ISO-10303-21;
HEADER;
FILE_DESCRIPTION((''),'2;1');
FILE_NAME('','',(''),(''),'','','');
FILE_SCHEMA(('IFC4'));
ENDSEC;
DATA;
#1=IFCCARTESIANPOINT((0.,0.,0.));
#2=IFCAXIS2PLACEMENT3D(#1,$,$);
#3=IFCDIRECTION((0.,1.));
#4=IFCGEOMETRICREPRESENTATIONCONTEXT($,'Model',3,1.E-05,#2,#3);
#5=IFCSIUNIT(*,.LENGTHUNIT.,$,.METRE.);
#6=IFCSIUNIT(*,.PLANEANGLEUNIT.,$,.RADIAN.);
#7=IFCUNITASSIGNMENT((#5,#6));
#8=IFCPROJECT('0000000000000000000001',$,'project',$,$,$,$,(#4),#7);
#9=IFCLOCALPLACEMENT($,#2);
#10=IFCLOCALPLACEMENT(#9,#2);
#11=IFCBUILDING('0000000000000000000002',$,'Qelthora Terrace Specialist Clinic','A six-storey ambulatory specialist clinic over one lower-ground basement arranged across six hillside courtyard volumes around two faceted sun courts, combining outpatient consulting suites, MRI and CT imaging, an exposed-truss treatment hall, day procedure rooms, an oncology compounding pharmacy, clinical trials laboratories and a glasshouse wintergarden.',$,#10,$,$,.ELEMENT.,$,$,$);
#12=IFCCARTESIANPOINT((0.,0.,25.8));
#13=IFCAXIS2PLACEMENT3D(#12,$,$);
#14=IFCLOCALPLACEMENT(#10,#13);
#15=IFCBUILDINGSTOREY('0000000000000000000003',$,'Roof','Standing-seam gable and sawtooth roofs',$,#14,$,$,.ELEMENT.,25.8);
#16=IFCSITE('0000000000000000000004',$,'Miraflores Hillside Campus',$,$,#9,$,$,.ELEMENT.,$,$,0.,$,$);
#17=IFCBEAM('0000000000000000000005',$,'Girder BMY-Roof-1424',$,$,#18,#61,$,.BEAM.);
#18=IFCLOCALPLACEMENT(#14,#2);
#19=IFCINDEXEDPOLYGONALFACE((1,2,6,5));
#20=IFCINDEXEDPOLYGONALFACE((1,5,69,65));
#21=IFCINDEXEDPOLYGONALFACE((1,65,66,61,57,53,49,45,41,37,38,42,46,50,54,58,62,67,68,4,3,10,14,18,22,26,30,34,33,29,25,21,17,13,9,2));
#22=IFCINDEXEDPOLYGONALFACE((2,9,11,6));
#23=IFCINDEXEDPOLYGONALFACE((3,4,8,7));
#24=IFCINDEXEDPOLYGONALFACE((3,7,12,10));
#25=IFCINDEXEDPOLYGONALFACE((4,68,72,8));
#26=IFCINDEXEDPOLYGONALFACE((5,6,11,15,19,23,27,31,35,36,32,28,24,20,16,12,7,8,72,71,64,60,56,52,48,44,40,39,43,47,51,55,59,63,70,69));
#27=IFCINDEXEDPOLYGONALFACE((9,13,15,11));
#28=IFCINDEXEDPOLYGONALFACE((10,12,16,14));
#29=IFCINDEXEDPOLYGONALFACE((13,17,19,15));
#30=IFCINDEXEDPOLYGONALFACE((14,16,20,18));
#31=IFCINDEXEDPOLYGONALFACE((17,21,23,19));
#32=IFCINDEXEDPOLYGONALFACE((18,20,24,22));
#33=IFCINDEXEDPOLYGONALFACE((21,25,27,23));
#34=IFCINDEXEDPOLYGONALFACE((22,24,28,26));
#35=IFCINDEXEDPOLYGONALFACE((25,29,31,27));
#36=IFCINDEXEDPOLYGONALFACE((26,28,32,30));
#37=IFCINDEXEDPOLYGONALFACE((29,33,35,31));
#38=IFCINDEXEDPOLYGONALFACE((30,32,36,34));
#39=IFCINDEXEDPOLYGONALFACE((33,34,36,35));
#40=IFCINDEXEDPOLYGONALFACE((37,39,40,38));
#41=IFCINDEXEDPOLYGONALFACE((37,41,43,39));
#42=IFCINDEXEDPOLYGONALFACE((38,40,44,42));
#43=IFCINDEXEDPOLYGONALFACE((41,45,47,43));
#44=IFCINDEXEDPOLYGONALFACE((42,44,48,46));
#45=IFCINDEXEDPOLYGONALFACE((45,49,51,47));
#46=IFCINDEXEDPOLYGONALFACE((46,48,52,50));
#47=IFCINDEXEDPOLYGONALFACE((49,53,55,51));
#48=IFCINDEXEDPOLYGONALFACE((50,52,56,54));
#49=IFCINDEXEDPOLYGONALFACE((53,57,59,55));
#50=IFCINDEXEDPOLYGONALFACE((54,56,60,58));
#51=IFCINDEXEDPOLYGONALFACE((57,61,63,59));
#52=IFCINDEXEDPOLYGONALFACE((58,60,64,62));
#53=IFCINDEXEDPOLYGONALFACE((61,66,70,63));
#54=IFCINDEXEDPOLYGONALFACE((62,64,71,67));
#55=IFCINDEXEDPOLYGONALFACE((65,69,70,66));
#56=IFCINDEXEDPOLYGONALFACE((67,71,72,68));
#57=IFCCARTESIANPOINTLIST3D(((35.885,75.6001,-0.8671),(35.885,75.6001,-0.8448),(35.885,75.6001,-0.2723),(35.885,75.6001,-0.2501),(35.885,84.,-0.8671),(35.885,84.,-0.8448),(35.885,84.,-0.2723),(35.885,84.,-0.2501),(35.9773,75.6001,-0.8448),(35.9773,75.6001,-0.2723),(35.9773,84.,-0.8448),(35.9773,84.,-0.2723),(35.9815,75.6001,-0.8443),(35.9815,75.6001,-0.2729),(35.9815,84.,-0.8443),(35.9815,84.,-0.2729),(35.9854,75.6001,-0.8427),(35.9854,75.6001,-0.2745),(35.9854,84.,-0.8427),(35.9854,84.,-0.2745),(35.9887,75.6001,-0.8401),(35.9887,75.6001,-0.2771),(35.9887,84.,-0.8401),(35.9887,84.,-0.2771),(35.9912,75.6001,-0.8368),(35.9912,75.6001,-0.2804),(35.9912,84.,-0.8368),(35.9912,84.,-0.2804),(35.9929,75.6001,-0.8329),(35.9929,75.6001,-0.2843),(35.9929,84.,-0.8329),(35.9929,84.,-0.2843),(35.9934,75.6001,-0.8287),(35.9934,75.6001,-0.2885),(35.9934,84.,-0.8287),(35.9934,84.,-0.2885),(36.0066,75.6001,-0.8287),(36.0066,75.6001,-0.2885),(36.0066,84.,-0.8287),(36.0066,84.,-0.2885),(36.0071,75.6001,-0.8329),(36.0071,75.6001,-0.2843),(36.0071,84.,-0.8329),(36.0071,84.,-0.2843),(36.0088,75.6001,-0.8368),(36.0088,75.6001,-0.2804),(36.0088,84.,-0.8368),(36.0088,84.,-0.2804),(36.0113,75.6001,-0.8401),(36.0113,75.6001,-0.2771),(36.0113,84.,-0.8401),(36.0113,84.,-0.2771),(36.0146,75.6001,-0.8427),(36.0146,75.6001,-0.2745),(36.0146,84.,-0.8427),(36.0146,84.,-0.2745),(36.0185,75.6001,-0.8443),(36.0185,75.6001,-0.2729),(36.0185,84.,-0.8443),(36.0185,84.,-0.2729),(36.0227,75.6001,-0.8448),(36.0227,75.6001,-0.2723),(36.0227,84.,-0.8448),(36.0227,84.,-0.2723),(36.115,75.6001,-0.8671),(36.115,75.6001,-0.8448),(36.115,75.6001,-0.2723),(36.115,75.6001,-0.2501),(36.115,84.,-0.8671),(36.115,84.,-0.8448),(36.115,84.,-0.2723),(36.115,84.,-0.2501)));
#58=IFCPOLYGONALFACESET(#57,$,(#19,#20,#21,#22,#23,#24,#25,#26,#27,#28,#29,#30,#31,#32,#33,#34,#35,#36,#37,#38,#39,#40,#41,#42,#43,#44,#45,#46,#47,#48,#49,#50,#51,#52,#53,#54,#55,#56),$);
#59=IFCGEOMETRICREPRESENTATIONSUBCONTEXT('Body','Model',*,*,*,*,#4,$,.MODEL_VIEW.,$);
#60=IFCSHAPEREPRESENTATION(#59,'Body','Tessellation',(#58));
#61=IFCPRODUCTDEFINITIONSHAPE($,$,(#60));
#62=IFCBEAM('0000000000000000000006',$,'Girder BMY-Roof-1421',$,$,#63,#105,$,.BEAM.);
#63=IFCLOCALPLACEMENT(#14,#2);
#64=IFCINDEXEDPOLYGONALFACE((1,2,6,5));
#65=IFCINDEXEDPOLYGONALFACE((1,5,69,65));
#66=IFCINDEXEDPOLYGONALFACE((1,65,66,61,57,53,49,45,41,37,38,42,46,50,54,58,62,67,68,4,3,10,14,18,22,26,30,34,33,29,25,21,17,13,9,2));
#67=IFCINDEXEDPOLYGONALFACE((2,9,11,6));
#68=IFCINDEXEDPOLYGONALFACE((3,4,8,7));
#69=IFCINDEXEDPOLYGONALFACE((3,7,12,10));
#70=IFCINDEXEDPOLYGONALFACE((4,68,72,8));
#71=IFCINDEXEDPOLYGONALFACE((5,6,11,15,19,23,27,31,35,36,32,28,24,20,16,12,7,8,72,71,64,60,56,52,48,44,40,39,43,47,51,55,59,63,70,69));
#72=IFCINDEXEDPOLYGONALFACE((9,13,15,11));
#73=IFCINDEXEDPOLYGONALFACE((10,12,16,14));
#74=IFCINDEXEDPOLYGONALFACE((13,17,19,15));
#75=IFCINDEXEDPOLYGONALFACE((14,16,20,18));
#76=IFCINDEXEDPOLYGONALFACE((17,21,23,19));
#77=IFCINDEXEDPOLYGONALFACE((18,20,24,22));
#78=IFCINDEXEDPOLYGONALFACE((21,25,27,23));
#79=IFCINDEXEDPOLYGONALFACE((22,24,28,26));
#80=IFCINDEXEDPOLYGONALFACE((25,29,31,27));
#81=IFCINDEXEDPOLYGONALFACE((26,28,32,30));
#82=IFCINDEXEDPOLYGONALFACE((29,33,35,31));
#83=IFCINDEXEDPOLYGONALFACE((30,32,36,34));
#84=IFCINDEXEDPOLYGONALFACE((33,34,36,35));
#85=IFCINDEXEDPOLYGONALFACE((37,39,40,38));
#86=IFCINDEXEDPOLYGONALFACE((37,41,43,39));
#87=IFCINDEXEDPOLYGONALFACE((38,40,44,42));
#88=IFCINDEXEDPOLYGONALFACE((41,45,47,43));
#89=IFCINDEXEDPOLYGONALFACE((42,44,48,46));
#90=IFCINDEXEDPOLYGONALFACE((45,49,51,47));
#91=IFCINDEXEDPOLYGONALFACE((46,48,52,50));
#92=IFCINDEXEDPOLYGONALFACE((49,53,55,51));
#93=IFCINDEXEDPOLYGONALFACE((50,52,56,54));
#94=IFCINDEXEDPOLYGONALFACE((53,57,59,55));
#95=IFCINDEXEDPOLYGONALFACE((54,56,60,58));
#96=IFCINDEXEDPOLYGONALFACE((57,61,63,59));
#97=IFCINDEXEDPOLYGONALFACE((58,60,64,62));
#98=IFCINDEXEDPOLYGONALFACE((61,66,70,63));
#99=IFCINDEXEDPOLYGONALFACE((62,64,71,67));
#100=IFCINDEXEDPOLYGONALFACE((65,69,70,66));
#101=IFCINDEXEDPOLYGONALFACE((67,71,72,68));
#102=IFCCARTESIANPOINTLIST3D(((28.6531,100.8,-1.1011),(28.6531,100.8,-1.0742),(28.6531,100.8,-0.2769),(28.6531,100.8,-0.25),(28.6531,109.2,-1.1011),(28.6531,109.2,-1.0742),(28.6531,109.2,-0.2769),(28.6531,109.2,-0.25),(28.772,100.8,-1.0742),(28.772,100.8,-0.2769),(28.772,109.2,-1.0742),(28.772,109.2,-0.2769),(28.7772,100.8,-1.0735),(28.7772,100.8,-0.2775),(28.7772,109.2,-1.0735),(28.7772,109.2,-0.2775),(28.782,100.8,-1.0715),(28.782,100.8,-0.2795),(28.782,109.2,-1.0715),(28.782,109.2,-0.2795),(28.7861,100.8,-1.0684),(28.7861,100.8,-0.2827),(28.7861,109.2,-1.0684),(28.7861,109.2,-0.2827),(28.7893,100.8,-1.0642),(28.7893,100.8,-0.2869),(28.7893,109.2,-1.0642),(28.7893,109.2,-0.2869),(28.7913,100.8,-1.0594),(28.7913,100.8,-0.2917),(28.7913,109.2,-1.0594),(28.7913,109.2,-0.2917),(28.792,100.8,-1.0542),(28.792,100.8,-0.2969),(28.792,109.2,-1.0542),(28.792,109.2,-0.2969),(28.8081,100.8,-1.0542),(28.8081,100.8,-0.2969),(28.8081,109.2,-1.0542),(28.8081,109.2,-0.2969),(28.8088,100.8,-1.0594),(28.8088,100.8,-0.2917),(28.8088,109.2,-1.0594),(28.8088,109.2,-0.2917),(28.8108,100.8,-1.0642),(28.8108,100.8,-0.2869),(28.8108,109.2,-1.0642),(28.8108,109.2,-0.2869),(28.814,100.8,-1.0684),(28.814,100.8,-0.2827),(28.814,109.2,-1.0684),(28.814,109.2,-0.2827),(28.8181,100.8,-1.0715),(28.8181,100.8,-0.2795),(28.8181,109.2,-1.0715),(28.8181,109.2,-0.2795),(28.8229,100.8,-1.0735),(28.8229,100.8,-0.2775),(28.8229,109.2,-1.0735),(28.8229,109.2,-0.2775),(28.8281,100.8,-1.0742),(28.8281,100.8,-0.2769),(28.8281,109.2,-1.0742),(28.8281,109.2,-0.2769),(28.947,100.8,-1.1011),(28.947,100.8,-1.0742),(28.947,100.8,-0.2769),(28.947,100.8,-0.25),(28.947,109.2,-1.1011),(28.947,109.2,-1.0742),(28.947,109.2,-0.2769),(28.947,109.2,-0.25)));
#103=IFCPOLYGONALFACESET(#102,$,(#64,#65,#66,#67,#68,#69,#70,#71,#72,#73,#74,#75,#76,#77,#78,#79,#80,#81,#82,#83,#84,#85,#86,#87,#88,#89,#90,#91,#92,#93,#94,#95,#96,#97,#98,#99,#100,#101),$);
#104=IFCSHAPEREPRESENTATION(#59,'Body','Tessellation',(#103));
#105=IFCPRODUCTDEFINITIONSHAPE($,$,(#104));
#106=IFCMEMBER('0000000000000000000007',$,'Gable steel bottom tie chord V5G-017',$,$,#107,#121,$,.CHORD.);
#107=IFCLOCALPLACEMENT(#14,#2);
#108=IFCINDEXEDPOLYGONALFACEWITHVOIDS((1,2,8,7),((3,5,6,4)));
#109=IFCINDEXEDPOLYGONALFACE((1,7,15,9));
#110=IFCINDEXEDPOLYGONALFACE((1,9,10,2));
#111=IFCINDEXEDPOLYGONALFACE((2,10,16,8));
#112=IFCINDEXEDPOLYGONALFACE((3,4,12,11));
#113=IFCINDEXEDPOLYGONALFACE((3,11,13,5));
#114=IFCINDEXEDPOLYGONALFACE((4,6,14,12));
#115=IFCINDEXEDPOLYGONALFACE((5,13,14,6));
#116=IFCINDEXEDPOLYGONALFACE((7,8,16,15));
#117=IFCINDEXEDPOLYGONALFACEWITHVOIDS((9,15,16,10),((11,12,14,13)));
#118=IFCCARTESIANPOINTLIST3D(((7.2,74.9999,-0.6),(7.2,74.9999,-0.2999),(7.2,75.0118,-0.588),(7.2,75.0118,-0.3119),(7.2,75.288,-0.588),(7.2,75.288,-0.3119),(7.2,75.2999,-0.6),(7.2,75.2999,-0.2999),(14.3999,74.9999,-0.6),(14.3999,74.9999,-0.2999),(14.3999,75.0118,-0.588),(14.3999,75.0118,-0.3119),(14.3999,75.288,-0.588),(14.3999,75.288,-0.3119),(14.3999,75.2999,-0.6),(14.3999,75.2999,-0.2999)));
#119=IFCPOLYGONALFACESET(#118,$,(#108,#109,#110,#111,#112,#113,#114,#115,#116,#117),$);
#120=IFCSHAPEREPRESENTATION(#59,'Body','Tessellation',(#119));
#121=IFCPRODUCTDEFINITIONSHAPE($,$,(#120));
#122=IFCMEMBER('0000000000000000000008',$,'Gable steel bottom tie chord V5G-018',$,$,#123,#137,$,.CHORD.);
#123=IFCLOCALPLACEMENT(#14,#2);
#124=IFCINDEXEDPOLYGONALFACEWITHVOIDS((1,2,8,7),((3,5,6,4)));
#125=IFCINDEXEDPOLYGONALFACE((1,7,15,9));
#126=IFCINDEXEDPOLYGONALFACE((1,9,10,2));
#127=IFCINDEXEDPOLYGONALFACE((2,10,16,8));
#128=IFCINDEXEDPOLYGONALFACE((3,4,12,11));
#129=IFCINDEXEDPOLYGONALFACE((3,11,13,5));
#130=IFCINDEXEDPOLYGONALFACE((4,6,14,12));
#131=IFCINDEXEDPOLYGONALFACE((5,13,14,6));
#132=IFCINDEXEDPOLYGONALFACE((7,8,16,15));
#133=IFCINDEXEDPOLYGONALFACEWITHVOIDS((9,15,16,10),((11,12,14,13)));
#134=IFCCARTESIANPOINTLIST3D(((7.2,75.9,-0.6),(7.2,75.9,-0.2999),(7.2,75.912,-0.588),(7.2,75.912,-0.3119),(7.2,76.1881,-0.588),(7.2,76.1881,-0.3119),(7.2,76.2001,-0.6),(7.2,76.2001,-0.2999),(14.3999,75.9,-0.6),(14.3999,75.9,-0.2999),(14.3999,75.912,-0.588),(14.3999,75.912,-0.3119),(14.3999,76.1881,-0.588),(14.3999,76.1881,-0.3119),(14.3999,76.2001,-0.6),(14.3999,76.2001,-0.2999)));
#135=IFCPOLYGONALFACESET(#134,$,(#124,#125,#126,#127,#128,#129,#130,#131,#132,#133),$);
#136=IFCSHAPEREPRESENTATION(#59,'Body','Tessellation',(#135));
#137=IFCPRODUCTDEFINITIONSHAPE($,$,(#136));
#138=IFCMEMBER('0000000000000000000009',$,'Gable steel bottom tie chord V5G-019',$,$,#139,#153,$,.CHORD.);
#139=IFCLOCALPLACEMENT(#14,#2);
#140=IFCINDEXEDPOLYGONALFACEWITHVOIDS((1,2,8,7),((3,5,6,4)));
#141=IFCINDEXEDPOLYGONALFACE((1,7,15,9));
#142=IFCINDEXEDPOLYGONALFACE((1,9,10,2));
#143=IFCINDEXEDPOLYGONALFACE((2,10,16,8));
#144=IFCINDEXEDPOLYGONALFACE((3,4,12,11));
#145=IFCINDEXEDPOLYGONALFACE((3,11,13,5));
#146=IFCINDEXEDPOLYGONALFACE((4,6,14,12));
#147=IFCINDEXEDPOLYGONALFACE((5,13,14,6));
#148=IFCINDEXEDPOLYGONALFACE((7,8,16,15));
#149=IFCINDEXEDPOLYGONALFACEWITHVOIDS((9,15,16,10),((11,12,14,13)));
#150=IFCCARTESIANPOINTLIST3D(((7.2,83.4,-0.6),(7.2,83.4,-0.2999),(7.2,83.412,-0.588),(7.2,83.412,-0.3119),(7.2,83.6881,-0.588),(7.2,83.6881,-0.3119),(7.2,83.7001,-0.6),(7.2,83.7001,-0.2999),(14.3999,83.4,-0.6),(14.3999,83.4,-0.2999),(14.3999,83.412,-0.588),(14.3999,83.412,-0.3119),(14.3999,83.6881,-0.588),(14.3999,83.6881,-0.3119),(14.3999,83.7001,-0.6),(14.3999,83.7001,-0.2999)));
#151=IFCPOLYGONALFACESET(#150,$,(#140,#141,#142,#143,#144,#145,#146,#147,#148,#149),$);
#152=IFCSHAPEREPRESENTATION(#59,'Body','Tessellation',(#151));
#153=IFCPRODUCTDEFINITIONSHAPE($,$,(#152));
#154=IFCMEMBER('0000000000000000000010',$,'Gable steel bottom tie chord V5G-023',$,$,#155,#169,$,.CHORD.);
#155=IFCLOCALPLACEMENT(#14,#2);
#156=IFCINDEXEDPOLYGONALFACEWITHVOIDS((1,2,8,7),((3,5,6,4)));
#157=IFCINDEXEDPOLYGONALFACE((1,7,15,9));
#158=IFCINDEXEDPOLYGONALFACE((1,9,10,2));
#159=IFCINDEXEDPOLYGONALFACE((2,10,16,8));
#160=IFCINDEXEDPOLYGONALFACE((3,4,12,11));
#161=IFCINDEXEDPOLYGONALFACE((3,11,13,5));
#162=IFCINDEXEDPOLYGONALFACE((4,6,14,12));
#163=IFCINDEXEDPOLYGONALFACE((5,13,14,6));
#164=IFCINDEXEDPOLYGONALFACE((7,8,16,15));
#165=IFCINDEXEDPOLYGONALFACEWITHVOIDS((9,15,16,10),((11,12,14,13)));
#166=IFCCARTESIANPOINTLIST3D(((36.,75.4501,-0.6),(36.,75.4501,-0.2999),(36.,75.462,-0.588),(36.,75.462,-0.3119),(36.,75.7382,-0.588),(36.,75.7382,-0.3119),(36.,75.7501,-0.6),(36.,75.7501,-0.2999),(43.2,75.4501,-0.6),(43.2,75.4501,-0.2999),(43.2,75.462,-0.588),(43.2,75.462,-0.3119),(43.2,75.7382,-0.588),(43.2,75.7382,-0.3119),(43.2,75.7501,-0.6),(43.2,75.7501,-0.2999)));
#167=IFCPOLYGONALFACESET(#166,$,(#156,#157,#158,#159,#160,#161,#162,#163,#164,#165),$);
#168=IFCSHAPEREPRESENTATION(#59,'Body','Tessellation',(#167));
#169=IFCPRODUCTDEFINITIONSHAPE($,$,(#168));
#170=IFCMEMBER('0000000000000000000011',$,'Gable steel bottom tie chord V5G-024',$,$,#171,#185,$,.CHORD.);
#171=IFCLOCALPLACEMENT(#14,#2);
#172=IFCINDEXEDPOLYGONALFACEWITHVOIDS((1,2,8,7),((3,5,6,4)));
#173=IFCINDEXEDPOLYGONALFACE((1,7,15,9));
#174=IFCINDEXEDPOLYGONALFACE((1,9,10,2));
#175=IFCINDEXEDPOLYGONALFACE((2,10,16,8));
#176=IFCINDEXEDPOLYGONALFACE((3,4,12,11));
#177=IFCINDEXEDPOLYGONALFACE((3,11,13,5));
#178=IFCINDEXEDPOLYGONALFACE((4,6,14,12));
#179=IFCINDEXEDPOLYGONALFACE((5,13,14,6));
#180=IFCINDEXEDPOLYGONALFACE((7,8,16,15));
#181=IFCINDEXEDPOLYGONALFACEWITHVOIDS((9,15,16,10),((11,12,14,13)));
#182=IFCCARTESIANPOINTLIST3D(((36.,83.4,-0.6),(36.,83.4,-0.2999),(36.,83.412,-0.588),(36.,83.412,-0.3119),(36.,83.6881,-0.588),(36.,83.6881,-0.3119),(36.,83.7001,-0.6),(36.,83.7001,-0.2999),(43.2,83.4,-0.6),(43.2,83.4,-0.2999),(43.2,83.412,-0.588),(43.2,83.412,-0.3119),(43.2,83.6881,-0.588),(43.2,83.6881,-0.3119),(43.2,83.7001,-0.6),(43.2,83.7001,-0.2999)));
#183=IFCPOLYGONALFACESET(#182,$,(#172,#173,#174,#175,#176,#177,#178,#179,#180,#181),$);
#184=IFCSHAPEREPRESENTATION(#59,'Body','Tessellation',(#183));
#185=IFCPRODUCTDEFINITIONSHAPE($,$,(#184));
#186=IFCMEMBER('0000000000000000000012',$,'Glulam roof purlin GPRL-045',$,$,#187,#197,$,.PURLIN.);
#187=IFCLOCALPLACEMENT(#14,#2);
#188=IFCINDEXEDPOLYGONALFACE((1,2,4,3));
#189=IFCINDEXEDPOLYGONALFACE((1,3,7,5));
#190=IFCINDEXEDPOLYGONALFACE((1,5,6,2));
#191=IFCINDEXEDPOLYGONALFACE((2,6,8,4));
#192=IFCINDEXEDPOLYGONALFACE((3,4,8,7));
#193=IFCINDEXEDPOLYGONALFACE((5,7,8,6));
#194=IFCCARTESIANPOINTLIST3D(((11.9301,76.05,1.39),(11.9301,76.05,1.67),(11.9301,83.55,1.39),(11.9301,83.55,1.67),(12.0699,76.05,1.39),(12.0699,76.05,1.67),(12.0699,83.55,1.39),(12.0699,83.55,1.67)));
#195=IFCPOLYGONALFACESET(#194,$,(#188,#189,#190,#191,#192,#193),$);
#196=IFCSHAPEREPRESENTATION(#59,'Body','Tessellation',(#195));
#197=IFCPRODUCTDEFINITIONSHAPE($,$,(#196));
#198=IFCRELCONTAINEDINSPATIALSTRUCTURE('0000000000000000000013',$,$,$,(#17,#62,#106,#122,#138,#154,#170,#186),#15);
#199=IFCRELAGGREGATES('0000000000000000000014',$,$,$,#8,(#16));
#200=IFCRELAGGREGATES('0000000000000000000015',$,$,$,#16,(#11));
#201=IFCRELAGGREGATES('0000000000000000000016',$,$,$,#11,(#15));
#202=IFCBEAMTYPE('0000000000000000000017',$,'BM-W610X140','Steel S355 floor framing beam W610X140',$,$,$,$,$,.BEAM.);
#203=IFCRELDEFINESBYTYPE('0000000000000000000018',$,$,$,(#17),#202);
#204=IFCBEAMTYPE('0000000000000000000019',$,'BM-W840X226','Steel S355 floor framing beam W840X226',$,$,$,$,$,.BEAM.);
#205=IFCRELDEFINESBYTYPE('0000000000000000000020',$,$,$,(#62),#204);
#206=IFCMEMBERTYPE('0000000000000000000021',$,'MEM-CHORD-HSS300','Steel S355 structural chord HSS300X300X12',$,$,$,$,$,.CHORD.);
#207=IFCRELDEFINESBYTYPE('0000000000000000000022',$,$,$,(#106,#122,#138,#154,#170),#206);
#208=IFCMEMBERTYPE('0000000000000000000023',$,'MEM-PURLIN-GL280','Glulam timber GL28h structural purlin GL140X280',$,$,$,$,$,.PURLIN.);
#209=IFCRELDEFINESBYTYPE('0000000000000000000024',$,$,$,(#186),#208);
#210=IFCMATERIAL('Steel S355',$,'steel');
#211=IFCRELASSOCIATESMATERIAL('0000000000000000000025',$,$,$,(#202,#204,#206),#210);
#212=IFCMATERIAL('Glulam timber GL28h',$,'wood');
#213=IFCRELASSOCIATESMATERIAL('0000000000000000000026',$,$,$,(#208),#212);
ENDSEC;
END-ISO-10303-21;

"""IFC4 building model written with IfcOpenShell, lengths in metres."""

from ifc_helpers import new_model, si_unit, direction, frame, origin, origin_2d, place, context, subcontext, project, spatial, rectangle, hollow_rectangle, i_section, extrude, material, material_profile, profile_set, type_object, element, save


model = new_model("IFC4")

# Units and contexts
model_context = context("Model", 3, precision=1e-05, world=origin(), true_north=direction((0.0, 1.0)))
body_context = subcontext(model_context, "Body", "Model", "MODEL_VIEW")
ifc_project = project(units=[si_unit("LENGTHUNIT", "METRE"), si_unit("PLANEANGLEUNIT", "RADIAN")], contexts=[model_context])

# Site, building, storey
site_placement = place(None, origin())
site = spatial("IfcSite", under=ifc_project, at=site_placement, Name="Miraflores Hillside Campus", CompositionType="ELEMENT", RefElevation=0.0)
building_placement = place(site_placement, origin())
building = spatial("IfcBuilding", under=site, at=building_placement, Name="Qelthora Terrace Specialist Clinic", Description="A six-storey ambulatory specialist clinic over one lower-ground basement arranged across six hillside courtyard volumes around two faceted sun courts, combining outpatient consulting suites, MRI and CT imaging, an exposed-truss treatment hall, day procedure rooms, an oncology compounding pharmacy, clinical trials laboratories and a glasshouse wintergarden.", CompositionType="ELEMENT")
storey_placement = place(building_placement, frame((0.0, 0.0, 25.8)))
storey = spatial("IfcBuildingStorey", under=building, at=storey_placement, Name="Roof", Description="Standing-seam gable and sawtooth roofs", CompositionType="ELEMENT", Elevation=25.8)

# Beams
ifc_material_1 = material(Name="Steel S355", Category="steel")
ifc_material_profile_1 = material_profile(ifc_material_1, i_section(OverallWidth=0.23, OverallDepth=0.6169, WebThickness=0.0132, FlangeThickness=0.0222, FilletRadius=0.0161, at=origin_2d()), Name="W610X140")
ifc_profile_set_1 = profile_set([ifc_material_profile_1], Name="Steel S355")
beam_type_1 = type_object("IfcBeamType", Name="BM-W610X140", Description="Steel S355 floor framing beam W610X140", PredefinedType="BEAM", material=ifc_profile_set_1)
beam_1_placement = place(storey_placement, frame((36.0, 75.6001, -0.5586), z_axis=(0.0, 1.0, 0.0), x_axis=(-1.0, 0.0, 0.0)))
element("IfcBeam", 1, at=beam_1_placement, inside=storey, type_object=beam_type_1, Name="Girder BMY-Roof-1424", PredefinedType="BEAM", context=body_context, shape_type="SweptSolid", body=[
    extrude(i_section(OverallWidth=0.23, OverallDepth=0.6169, WebThickness=0.0132, FlangeThickness=0.0222, FilletRadius=0.0161, at=origin_2d()), origin(), (0.0, 0.0, 1.0), 8.3999),
])
ifc_material_profile_2 = material_profile(ifc_material_1, i_section(OverallWidth=0.2939, OverallDepth=0.8511, WebThickness=0.0161, FlangeThickness=0.0269, FilletRadius=0.02, at=origin_2d()), Name="W840X226")
ifc_profile_set_2 = profile_set([ifc_material_profile_2], Name="Steel S355")
beam_type_2 = type_object("IfcBeamType", Name="BM-W840X226", Description="Steel S355 floor framing beam W840X226", PredefinedType="BEAM", material=ifc_profile_set_2)
beam_2_placement = place(storey_placement, frame((28.8, 100.8, -0.6755), z_axis=(0.0, 1.0, 0.0), x_axis=(-1.0, 0.0, 0.0)))
element("IfcBeam", 2, at=beam_2_placement, inside=storey, type_object=beam_type_2, Name="Girder BMY-Roof-1421", PredefinedType="BEAM", context=body_context, shape_type="SweptSolid", body=[
    extrude(i_section(OverallWidth=0.2939, OverallDepth=0.8511, WebThickness=0.0161, FlangeThickness=0.0269, FilletRadius=0.02, at=origin_2d()), origin(), (0.0, 0.0, 1.0), 8.3999),
])

# Members
ifc_material_profile_3 = material_profile(ifc_material_1, hollow_rectangle(XDim=0.3, YDim=0.3, WallThickness=0.012, at=origin_2d()), Name="HSS300X300X12")
ifc_profile_set_3 = profile_set([ifc_material_profile_3], Name="Steel S355")
member_type_1 = type_object("IfcMemberType", Name="MEM-CHORD-HSS300", Description="Steel S355 structural chord HSS300X300X12", PredefinedType="CHORD", material=ifc_profile_set_3)
for number, where, z_axis, x_axis, name in (
    (3, (7.2, 75.1499, -0.45), (1.0, 0.0, 0.0), (0.0, 1.0, 0.0), "Gable steel bottom tie chord V5G-017"),
    (4, (7.2, 76.05, -0.45), (1.0, 0.0, 0.0), (0.0, 1.0, 0.0), "Gable steel bottom tie chord V5G-018"),
    (5, (7.2, 83.55, -0.45), (1.0, 0.0, 0.0), (0.0, 1.0, 0.0), "Gable steel bottom tie chord V5G-019"),
    (6, (36.0, 75.6001, -0.45), (1.0, 0.0, 0.0), (0.0, 1.0, 0.0), "Gable steel bottom tie chord V5G-023"),
    (7, (36.0, 83.55, -0.45), (1.0, 0.0, 0.0), (0.0, 1.0, 0.0), "Gable steel bottom tie chord V5G-024"),
):
    element("IfcMember", number, at=place(storey_placement, frame(where, z_axis=z_axis, x_axis=x_axis)), inside=storey, type_object=member_type_1, Name=name, PredefinedType="CHORD", context=body_context, shape_type="SweptSolid", body=[
        extrude(hollow_rectangle(XDim=0.3, YDim=0.3, WallThickness=0.012, at=origin_2d()), origin(), (0.0, 0.0, 1.0), 7.2),
    ])
ifc_material_2 = material(Name="Glulam timber GL28h", Category="wood")
ifc_material_profile_4 = material_profile(ifc_material_2, rectangle(XDim=0.1399, YDim=0.28, at=origin_2d()), Name="GL140X280")
ifc_profile_set_4 = profile_set([ifc_material_profile_4], Name="Glulam timber GL28h")
member_type_2 = type_object("IfcMemberType", Name="MEM-PURLIN-GL280", Description="Glulam timber GL28h structural purlin GL140X280", PredefinedType="PURLIN", material=ifc_profile_set_4)
for number, where, z_axis, x_axis, name in (
    (8, (12.0, 76.05, 1.53), (0.0, 1.0, 0.0), (-1.0, 0.0, 0.0), "Glulam roof purlin GPRL-045"),
):
    element("IfcMember", number, at=place(storey_placement, frame(where, z_axis=z_axis, x_axis=x_axis)), inside=storey, type_object=member_type_2, Name=name, PredefinedType="PURLIN", context=body_context, shape_type="SweptSolid", body=[
        extrude(rectangle(XDim=0.1399, YDim=0.28, at=origin_2d()), origin(), (0.0, 0.0, 1.0), 7.5),
    ])

save(model, "model.ifc")
